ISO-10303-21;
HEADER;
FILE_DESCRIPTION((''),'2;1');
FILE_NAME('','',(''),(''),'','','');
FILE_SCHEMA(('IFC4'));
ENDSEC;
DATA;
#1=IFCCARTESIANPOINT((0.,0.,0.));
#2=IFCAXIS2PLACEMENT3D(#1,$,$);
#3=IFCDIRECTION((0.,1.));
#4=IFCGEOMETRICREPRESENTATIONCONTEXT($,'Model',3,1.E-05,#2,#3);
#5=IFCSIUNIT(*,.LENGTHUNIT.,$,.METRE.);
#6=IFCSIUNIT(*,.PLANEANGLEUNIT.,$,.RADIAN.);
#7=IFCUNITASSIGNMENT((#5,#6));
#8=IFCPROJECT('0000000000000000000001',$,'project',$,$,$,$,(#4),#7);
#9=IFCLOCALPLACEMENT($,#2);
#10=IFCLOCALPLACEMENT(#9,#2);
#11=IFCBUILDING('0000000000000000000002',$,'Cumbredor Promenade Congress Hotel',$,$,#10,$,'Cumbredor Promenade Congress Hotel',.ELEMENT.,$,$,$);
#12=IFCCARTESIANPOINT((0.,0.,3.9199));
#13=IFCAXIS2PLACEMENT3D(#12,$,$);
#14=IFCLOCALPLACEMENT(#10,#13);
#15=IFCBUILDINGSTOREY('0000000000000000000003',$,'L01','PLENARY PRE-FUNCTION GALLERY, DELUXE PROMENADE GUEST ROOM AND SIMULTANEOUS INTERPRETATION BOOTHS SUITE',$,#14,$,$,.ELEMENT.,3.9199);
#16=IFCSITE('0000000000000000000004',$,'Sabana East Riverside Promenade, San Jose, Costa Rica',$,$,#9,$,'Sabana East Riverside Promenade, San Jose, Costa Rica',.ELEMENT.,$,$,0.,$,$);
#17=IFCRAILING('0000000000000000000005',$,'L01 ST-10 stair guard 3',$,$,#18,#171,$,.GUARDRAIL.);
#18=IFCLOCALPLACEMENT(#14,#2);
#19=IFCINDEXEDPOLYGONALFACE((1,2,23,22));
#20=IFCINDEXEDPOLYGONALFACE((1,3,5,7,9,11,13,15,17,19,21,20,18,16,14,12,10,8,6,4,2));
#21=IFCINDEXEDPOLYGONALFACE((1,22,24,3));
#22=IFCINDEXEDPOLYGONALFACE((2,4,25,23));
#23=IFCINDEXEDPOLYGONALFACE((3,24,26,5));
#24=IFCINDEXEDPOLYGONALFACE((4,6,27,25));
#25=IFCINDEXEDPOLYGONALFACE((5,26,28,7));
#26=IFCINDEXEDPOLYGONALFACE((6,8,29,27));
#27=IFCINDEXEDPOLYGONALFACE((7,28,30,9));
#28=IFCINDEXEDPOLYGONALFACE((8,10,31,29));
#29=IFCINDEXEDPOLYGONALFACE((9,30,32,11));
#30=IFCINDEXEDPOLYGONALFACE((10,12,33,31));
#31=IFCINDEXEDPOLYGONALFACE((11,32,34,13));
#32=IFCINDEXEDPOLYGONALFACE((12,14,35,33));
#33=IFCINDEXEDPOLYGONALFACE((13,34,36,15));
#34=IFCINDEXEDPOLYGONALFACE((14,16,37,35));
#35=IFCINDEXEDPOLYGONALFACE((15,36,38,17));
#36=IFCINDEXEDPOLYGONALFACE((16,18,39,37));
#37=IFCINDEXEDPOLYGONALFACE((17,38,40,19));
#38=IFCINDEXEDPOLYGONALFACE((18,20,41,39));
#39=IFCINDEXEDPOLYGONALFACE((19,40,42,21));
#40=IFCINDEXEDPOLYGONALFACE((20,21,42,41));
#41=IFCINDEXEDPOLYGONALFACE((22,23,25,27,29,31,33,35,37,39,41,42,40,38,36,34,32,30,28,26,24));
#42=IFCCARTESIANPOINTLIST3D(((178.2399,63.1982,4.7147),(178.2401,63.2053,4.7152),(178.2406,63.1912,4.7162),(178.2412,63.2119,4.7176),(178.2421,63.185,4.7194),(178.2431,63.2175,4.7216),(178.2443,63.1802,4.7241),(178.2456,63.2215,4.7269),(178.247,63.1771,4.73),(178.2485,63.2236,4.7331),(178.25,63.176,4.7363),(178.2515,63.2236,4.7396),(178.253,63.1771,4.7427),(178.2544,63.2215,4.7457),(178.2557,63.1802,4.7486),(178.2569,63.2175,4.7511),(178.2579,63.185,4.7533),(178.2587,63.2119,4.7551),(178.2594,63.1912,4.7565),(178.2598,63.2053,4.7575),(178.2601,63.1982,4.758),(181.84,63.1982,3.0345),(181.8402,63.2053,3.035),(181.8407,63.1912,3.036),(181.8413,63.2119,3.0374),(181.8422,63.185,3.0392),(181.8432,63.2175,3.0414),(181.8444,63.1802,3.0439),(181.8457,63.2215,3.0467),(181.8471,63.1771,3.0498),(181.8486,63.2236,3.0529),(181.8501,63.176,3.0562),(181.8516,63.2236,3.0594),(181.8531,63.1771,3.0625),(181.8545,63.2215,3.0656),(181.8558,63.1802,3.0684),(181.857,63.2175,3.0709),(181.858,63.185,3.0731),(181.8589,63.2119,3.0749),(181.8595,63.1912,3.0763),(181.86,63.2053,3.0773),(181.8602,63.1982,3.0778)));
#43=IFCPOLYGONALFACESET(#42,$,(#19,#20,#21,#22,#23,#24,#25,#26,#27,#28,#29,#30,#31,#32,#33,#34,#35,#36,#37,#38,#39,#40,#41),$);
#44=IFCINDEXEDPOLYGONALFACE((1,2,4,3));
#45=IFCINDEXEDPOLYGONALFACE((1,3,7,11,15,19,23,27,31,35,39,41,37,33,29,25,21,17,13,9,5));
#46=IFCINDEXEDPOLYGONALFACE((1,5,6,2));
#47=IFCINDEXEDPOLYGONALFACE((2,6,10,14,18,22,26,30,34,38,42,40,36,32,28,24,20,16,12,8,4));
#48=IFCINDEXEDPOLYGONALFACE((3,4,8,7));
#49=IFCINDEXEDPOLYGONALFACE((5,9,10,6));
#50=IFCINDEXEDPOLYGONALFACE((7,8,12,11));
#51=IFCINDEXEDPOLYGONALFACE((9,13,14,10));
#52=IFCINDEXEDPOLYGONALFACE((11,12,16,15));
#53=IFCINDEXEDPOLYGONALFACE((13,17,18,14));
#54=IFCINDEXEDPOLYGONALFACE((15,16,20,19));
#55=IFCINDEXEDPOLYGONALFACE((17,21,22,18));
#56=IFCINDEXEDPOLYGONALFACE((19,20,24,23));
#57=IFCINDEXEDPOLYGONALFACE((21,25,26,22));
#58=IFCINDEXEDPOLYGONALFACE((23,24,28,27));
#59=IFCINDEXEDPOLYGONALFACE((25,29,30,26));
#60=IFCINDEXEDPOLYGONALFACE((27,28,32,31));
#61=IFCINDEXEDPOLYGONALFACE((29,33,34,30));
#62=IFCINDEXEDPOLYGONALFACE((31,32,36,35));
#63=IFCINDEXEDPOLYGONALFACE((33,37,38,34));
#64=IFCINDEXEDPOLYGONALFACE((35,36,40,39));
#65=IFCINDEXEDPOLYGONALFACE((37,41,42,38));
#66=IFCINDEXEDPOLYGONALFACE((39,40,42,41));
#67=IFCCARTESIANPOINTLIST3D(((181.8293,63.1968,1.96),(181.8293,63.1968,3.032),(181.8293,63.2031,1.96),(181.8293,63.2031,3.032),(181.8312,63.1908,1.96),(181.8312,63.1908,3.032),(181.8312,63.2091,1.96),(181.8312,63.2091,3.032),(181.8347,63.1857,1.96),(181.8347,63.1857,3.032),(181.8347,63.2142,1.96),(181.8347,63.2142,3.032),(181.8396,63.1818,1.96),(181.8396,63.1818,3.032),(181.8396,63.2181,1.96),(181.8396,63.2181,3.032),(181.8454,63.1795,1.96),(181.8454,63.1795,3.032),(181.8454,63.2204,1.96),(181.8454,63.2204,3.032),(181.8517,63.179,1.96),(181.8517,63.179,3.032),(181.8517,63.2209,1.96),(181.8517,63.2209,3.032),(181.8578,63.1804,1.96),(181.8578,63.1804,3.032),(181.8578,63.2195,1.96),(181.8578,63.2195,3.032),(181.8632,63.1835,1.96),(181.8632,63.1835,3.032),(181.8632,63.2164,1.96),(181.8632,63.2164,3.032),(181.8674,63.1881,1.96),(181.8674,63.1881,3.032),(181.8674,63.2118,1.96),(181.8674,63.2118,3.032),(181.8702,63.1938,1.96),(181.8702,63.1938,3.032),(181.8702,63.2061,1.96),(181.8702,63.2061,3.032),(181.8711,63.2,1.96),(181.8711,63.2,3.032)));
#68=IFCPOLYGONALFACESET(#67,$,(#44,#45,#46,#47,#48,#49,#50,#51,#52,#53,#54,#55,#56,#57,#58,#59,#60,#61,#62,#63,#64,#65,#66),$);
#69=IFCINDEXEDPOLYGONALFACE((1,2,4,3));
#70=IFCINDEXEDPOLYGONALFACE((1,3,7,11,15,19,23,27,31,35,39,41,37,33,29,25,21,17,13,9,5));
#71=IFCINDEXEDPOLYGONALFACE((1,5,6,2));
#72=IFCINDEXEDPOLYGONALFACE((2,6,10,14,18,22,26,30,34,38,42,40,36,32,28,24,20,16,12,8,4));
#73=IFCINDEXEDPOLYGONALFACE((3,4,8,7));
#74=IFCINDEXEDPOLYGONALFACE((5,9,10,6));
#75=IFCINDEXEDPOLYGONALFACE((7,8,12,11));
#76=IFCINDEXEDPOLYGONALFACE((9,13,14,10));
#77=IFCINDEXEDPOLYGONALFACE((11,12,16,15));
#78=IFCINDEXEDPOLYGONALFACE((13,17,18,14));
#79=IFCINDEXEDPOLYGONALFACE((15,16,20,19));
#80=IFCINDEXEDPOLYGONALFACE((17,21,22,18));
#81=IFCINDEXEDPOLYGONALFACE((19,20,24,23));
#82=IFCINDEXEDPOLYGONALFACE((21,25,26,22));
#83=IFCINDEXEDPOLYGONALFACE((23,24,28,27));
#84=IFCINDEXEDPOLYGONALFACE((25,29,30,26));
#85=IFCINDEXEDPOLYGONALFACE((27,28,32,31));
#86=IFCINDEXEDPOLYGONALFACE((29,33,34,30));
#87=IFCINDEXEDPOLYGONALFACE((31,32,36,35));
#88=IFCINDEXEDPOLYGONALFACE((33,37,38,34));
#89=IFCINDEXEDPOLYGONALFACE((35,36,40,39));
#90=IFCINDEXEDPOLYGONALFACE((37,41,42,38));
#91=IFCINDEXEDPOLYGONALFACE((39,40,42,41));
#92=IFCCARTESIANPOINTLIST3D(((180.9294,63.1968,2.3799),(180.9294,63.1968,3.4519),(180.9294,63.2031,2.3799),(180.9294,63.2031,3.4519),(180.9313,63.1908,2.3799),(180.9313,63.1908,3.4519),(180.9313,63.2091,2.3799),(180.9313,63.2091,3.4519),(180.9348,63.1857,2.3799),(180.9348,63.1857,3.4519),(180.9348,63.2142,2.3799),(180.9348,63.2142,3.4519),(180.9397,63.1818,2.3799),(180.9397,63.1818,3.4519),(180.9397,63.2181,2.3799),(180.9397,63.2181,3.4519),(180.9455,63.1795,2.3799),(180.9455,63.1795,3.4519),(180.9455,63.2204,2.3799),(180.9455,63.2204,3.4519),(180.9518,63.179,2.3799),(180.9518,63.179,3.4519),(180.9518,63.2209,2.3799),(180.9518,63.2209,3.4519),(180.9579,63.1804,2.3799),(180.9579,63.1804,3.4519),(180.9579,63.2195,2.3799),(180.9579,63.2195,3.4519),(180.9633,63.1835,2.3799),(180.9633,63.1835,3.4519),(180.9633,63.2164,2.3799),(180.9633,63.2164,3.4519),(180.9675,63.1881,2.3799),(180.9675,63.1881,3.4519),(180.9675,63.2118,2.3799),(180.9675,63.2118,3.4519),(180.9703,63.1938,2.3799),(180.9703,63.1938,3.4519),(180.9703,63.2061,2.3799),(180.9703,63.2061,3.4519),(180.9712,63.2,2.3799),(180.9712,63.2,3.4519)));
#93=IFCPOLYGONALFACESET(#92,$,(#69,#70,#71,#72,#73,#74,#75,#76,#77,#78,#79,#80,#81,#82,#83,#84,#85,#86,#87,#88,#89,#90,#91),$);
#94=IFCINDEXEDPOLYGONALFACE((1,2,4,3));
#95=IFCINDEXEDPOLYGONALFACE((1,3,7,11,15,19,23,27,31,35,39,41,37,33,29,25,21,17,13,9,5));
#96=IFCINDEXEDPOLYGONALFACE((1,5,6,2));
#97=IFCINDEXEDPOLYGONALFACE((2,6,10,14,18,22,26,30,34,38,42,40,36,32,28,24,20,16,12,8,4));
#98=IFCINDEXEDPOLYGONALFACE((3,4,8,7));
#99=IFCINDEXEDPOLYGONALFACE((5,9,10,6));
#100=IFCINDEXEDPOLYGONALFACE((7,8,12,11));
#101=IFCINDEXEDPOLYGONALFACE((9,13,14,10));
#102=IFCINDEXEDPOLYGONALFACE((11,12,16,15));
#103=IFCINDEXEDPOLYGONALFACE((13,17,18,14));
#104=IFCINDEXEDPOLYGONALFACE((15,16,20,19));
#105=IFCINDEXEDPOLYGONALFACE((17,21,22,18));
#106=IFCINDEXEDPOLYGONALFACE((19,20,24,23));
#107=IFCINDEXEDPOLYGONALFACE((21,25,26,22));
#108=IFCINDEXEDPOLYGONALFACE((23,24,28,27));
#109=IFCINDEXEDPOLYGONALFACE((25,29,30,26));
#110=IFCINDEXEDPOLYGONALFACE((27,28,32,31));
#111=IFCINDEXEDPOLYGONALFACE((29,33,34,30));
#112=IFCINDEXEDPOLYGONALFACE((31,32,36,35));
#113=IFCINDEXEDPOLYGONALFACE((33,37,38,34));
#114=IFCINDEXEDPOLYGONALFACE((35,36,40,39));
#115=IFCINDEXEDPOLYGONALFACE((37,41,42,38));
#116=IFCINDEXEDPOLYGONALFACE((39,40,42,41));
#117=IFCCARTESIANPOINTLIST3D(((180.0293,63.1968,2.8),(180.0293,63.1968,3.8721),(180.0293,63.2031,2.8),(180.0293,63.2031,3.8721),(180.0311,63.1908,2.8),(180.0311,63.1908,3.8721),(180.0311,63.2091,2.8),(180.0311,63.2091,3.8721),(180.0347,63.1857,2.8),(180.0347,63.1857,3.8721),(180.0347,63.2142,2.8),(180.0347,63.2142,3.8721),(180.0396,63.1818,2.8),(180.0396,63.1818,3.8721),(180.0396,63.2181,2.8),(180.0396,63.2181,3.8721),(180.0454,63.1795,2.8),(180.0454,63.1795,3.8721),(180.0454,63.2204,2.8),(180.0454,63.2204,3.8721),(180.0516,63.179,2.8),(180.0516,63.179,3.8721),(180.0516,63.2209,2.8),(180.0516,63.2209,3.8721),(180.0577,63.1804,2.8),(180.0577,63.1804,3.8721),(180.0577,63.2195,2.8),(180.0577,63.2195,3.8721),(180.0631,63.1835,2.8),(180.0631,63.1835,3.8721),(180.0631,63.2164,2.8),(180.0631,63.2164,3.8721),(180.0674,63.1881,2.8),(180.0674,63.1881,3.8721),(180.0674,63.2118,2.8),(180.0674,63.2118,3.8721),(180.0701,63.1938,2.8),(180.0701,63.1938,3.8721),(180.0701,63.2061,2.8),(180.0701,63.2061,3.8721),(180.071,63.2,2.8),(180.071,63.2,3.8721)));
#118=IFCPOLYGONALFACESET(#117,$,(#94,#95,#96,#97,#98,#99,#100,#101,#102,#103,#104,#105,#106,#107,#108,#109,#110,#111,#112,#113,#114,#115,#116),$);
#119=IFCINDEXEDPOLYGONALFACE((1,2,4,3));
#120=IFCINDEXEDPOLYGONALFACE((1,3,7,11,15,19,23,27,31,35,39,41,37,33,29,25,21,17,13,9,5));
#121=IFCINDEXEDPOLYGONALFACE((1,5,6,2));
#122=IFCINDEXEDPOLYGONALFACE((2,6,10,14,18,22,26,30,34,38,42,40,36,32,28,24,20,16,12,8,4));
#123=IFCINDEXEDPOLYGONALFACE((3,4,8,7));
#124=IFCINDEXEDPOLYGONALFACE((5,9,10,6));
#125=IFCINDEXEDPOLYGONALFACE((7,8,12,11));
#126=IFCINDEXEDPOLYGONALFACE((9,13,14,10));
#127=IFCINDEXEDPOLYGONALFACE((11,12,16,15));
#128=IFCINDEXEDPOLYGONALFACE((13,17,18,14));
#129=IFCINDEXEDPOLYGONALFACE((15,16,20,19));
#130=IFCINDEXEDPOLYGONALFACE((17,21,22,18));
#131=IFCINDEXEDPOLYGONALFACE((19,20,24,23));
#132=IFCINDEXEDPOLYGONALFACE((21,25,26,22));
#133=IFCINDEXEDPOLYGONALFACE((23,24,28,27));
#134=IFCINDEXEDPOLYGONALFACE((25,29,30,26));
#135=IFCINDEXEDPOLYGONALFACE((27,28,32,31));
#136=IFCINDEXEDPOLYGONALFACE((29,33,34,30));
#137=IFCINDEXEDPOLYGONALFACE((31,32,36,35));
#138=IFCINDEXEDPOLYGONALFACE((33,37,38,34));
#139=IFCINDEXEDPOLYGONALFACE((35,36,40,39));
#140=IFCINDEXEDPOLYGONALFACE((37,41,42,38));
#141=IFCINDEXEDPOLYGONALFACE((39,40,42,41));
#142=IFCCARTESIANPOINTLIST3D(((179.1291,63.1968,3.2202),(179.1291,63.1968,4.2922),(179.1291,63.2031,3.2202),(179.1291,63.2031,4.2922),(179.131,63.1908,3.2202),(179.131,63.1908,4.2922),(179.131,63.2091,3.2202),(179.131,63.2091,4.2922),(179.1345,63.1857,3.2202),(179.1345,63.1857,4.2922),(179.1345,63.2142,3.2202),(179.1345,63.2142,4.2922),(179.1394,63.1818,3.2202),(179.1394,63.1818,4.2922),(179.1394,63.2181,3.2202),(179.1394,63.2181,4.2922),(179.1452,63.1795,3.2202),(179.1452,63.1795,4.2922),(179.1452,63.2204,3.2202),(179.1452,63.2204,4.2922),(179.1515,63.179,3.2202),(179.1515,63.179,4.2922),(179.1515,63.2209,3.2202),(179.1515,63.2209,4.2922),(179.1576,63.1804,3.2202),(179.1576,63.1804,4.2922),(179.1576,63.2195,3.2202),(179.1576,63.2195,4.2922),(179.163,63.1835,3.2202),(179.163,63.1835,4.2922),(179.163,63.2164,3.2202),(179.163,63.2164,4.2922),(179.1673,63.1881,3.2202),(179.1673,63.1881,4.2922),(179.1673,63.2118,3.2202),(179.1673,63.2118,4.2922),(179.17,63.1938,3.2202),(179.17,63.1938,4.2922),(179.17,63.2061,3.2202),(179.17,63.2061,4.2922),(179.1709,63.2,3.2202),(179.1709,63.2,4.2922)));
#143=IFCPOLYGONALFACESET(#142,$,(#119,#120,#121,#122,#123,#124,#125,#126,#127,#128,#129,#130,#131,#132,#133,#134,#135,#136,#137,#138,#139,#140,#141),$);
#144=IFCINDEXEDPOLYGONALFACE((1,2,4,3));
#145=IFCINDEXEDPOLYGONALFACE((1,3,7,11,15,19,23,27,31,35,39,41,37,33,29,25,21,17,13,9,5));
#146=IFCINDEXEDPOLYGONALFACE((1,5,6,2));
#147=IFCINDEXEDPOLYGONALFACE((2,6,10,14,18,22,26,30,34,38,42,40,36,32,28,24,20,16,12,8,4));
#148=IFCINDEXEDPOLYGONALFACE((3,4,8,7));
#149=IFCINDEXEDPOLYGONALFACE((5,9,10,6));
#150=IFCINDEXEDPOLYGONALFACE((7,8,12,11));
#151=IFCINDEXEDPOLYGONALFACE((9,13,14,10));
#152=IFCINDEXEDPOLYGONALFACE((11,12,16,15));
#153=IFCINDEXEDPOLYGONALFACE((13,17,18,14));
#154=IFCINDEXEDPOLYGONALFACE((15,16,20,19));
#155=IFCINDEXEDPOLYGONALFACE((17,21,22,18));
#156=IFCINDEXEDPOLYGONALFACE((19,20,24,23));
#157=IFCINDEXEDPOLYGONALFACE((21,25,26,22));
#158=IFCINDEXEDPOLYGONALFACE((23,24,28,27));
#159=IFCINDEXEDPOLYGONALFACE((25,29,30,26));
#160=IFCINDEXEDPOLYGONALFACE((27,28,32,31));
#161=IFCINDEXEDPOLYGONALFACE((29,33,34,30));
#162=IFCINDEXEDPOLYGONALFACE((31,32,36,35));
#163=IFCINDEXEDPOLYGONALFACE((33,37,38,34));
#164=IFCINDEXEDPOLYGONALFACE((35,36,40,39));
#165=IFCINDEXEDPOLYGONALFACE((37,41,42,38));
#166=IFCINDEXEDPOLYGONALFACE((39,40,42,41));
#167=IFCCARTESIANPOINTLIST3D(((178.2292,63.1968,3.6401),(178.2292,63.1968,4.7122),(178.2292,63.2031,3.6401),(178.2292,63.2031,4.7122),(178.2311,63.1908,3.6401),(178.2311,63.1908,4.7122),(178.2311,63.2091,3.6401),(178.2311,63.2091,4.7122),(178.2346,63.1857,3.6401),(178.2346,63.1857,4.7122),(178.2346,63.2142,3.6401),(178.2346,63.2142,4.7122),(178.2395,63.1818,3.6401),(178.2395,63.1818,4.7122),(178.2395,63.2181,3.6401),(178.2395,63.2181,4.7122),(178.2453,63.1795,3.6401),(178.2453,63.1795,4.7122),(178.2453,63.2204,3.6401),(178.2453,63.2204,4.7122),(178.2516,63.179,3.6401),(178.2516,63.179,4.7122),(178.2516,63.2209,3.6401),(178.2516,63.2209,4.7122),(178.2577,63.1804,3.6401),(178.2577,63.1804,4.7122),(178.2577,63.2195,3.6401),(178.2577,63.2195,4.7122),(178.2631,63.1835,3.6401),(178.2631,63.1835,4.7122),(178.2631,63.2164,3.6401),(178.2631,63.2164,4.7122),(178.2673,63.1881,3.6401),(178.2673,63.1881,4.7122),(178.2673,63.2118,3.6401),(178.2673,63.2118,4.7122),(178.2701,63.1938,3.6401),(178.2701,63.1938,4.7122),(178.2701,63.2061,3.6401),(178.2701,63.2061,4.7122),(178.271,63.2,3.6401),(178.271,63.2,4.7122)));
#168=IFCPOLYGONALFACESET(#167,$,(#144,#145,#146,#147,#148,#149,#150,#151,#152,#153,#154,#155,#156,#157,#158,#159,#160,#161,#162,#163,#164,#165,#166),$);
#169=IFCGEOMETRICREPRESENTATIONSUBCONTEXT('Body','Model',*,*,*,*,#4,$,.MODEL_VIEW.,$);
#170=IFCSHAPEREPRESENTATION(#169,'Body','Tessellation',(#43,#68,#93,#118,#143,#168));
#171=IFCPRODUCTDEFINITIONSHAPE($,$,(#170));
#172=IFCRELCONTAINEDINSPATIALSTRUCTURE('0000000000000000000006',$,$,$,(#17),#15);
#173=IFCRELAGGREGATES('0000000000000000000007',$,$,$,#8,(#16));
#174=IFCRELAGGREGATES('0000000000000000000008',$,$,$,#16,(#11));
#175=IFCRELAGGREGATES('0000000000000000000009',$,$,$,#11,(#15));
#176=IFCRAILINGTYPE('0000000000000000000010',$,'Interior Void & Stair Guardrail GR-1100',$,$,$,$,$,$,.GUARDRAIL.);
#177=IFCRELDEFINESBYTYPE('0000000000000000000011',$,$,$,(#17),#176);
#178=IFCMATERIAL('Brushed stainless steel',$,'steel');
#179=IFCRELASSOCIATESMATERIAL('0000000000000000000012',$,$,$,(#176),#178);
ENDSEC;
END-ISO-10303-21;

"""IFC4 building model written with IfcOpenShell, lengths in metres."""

from ifc_helpers import new_model, si_unit, direction, frame, origin, origin_2d, place, context, subcontext, project, spatial, circle, extrude, material, type_object, element, save


model = new_model("IFC4")

# Units and contexts
model_context = context("Model", 3, precision=1e-05, world=origin(), true_north=direction((0.0, 1.0)))
body_context = subcontext(model_context, "Body", "Model", "MODEL_VIEW")
ifc_project = project(units=[si_unit("LENGTHUNIT", "METRE"), si_unit("PLANEANGLEUNIT", "RADIAN")], contexts=[model_context])

# Site, building, storey
site_placement = place(None, origin())
site = spatial("IfcSite", under=ifc_project, at=site_placement, Name="Sabana East Riverside Promenade, San Jose, Costa Rica", LongName="Sabana East Riverside Promenade, San Jose, Costa Rica", CompositionType="ELEMENT", RefElevation=0.0)
building_placement = place(site_placement, origin())
building = spatial("IfcBuilding", under=site, at=building_placement, Name="Cumbredor Promenade Congress Hotel", LongName="Cumbredor Promenade Congress Hotel", CompositionType="ELEMENT")
storey_placement = place(building_placement, frame((0.0, 0.0, 3.9199)))
storey = spatial("IfcBuildingStorey", under=building, at=storey_placement, Name="L01", Description="PLENARY PRE-FUNCTION GALLERY, DELUXE PROMENADE GUEST ROOM AND SIMULTANEOUS INTERPRETATION BOOTHS SUITE", CompositionType="ELEMENT", Elevation=3.9199)

# Railing
ifc_material_1 = material(Name="Brushed stainless steel", Category="steel")
railing_type_1 = type_object("IfcRailingType", Name="Interior Void & Stair Guardrail GR-1100", PredefinedType="GUARDRAIL", material=ifc_material_1)
railing_1_placement = place(storey_placement, frame((181.8501, 63.2, 1.96)))
element("IfcRailing", 1, at=railing_1_placement, inside=storey, type_object=railing_type_1, Name="L01 ST-10 stair guard 3", PredefinedType="GUARDRAIL", context=body_context, shape_type="SweptSolid", body=[
    extrude(circle(Radius=0.0239, at=origin_2d()), frame((0.0, 0.0, 1.0962), z_axis=(-0.906171, 0.0, 0.422912), x_axis=(0.0, -1.0, 0.0)), (0.0, 0.0, 1.0), 3.9729),
    extrude(circle(Radius=0.021, at=origin_2d()), origin(), (0.0, 0.0, 1.0), 1.072),
    extrude(circle(Radius=0.021, at=origin_2d()), frame((-0.8999, 0.0, 0.4199)), (0.0, 0.0, 1.0), 1.072),
    extrude(circle(Radius=0.021, at=origin_2d()), frame((-1.8, 0.0, 0.8401)), (0.0, 0.0, 1.0), 1.072),
    extrude(circle(Radius=0.021, at=origin_2d()), frame((-2.7002, 0.0, 1.2603)), (0.0, 0.0, 1.0), 1.072),
    extrude(circle(Radius=0.021, at=origin_2d()), frame((-3.6001, 0.0, 1.6802)), (0.0, 0.0, 1.0), 1.072),
])

save(model, "model.ifc")
